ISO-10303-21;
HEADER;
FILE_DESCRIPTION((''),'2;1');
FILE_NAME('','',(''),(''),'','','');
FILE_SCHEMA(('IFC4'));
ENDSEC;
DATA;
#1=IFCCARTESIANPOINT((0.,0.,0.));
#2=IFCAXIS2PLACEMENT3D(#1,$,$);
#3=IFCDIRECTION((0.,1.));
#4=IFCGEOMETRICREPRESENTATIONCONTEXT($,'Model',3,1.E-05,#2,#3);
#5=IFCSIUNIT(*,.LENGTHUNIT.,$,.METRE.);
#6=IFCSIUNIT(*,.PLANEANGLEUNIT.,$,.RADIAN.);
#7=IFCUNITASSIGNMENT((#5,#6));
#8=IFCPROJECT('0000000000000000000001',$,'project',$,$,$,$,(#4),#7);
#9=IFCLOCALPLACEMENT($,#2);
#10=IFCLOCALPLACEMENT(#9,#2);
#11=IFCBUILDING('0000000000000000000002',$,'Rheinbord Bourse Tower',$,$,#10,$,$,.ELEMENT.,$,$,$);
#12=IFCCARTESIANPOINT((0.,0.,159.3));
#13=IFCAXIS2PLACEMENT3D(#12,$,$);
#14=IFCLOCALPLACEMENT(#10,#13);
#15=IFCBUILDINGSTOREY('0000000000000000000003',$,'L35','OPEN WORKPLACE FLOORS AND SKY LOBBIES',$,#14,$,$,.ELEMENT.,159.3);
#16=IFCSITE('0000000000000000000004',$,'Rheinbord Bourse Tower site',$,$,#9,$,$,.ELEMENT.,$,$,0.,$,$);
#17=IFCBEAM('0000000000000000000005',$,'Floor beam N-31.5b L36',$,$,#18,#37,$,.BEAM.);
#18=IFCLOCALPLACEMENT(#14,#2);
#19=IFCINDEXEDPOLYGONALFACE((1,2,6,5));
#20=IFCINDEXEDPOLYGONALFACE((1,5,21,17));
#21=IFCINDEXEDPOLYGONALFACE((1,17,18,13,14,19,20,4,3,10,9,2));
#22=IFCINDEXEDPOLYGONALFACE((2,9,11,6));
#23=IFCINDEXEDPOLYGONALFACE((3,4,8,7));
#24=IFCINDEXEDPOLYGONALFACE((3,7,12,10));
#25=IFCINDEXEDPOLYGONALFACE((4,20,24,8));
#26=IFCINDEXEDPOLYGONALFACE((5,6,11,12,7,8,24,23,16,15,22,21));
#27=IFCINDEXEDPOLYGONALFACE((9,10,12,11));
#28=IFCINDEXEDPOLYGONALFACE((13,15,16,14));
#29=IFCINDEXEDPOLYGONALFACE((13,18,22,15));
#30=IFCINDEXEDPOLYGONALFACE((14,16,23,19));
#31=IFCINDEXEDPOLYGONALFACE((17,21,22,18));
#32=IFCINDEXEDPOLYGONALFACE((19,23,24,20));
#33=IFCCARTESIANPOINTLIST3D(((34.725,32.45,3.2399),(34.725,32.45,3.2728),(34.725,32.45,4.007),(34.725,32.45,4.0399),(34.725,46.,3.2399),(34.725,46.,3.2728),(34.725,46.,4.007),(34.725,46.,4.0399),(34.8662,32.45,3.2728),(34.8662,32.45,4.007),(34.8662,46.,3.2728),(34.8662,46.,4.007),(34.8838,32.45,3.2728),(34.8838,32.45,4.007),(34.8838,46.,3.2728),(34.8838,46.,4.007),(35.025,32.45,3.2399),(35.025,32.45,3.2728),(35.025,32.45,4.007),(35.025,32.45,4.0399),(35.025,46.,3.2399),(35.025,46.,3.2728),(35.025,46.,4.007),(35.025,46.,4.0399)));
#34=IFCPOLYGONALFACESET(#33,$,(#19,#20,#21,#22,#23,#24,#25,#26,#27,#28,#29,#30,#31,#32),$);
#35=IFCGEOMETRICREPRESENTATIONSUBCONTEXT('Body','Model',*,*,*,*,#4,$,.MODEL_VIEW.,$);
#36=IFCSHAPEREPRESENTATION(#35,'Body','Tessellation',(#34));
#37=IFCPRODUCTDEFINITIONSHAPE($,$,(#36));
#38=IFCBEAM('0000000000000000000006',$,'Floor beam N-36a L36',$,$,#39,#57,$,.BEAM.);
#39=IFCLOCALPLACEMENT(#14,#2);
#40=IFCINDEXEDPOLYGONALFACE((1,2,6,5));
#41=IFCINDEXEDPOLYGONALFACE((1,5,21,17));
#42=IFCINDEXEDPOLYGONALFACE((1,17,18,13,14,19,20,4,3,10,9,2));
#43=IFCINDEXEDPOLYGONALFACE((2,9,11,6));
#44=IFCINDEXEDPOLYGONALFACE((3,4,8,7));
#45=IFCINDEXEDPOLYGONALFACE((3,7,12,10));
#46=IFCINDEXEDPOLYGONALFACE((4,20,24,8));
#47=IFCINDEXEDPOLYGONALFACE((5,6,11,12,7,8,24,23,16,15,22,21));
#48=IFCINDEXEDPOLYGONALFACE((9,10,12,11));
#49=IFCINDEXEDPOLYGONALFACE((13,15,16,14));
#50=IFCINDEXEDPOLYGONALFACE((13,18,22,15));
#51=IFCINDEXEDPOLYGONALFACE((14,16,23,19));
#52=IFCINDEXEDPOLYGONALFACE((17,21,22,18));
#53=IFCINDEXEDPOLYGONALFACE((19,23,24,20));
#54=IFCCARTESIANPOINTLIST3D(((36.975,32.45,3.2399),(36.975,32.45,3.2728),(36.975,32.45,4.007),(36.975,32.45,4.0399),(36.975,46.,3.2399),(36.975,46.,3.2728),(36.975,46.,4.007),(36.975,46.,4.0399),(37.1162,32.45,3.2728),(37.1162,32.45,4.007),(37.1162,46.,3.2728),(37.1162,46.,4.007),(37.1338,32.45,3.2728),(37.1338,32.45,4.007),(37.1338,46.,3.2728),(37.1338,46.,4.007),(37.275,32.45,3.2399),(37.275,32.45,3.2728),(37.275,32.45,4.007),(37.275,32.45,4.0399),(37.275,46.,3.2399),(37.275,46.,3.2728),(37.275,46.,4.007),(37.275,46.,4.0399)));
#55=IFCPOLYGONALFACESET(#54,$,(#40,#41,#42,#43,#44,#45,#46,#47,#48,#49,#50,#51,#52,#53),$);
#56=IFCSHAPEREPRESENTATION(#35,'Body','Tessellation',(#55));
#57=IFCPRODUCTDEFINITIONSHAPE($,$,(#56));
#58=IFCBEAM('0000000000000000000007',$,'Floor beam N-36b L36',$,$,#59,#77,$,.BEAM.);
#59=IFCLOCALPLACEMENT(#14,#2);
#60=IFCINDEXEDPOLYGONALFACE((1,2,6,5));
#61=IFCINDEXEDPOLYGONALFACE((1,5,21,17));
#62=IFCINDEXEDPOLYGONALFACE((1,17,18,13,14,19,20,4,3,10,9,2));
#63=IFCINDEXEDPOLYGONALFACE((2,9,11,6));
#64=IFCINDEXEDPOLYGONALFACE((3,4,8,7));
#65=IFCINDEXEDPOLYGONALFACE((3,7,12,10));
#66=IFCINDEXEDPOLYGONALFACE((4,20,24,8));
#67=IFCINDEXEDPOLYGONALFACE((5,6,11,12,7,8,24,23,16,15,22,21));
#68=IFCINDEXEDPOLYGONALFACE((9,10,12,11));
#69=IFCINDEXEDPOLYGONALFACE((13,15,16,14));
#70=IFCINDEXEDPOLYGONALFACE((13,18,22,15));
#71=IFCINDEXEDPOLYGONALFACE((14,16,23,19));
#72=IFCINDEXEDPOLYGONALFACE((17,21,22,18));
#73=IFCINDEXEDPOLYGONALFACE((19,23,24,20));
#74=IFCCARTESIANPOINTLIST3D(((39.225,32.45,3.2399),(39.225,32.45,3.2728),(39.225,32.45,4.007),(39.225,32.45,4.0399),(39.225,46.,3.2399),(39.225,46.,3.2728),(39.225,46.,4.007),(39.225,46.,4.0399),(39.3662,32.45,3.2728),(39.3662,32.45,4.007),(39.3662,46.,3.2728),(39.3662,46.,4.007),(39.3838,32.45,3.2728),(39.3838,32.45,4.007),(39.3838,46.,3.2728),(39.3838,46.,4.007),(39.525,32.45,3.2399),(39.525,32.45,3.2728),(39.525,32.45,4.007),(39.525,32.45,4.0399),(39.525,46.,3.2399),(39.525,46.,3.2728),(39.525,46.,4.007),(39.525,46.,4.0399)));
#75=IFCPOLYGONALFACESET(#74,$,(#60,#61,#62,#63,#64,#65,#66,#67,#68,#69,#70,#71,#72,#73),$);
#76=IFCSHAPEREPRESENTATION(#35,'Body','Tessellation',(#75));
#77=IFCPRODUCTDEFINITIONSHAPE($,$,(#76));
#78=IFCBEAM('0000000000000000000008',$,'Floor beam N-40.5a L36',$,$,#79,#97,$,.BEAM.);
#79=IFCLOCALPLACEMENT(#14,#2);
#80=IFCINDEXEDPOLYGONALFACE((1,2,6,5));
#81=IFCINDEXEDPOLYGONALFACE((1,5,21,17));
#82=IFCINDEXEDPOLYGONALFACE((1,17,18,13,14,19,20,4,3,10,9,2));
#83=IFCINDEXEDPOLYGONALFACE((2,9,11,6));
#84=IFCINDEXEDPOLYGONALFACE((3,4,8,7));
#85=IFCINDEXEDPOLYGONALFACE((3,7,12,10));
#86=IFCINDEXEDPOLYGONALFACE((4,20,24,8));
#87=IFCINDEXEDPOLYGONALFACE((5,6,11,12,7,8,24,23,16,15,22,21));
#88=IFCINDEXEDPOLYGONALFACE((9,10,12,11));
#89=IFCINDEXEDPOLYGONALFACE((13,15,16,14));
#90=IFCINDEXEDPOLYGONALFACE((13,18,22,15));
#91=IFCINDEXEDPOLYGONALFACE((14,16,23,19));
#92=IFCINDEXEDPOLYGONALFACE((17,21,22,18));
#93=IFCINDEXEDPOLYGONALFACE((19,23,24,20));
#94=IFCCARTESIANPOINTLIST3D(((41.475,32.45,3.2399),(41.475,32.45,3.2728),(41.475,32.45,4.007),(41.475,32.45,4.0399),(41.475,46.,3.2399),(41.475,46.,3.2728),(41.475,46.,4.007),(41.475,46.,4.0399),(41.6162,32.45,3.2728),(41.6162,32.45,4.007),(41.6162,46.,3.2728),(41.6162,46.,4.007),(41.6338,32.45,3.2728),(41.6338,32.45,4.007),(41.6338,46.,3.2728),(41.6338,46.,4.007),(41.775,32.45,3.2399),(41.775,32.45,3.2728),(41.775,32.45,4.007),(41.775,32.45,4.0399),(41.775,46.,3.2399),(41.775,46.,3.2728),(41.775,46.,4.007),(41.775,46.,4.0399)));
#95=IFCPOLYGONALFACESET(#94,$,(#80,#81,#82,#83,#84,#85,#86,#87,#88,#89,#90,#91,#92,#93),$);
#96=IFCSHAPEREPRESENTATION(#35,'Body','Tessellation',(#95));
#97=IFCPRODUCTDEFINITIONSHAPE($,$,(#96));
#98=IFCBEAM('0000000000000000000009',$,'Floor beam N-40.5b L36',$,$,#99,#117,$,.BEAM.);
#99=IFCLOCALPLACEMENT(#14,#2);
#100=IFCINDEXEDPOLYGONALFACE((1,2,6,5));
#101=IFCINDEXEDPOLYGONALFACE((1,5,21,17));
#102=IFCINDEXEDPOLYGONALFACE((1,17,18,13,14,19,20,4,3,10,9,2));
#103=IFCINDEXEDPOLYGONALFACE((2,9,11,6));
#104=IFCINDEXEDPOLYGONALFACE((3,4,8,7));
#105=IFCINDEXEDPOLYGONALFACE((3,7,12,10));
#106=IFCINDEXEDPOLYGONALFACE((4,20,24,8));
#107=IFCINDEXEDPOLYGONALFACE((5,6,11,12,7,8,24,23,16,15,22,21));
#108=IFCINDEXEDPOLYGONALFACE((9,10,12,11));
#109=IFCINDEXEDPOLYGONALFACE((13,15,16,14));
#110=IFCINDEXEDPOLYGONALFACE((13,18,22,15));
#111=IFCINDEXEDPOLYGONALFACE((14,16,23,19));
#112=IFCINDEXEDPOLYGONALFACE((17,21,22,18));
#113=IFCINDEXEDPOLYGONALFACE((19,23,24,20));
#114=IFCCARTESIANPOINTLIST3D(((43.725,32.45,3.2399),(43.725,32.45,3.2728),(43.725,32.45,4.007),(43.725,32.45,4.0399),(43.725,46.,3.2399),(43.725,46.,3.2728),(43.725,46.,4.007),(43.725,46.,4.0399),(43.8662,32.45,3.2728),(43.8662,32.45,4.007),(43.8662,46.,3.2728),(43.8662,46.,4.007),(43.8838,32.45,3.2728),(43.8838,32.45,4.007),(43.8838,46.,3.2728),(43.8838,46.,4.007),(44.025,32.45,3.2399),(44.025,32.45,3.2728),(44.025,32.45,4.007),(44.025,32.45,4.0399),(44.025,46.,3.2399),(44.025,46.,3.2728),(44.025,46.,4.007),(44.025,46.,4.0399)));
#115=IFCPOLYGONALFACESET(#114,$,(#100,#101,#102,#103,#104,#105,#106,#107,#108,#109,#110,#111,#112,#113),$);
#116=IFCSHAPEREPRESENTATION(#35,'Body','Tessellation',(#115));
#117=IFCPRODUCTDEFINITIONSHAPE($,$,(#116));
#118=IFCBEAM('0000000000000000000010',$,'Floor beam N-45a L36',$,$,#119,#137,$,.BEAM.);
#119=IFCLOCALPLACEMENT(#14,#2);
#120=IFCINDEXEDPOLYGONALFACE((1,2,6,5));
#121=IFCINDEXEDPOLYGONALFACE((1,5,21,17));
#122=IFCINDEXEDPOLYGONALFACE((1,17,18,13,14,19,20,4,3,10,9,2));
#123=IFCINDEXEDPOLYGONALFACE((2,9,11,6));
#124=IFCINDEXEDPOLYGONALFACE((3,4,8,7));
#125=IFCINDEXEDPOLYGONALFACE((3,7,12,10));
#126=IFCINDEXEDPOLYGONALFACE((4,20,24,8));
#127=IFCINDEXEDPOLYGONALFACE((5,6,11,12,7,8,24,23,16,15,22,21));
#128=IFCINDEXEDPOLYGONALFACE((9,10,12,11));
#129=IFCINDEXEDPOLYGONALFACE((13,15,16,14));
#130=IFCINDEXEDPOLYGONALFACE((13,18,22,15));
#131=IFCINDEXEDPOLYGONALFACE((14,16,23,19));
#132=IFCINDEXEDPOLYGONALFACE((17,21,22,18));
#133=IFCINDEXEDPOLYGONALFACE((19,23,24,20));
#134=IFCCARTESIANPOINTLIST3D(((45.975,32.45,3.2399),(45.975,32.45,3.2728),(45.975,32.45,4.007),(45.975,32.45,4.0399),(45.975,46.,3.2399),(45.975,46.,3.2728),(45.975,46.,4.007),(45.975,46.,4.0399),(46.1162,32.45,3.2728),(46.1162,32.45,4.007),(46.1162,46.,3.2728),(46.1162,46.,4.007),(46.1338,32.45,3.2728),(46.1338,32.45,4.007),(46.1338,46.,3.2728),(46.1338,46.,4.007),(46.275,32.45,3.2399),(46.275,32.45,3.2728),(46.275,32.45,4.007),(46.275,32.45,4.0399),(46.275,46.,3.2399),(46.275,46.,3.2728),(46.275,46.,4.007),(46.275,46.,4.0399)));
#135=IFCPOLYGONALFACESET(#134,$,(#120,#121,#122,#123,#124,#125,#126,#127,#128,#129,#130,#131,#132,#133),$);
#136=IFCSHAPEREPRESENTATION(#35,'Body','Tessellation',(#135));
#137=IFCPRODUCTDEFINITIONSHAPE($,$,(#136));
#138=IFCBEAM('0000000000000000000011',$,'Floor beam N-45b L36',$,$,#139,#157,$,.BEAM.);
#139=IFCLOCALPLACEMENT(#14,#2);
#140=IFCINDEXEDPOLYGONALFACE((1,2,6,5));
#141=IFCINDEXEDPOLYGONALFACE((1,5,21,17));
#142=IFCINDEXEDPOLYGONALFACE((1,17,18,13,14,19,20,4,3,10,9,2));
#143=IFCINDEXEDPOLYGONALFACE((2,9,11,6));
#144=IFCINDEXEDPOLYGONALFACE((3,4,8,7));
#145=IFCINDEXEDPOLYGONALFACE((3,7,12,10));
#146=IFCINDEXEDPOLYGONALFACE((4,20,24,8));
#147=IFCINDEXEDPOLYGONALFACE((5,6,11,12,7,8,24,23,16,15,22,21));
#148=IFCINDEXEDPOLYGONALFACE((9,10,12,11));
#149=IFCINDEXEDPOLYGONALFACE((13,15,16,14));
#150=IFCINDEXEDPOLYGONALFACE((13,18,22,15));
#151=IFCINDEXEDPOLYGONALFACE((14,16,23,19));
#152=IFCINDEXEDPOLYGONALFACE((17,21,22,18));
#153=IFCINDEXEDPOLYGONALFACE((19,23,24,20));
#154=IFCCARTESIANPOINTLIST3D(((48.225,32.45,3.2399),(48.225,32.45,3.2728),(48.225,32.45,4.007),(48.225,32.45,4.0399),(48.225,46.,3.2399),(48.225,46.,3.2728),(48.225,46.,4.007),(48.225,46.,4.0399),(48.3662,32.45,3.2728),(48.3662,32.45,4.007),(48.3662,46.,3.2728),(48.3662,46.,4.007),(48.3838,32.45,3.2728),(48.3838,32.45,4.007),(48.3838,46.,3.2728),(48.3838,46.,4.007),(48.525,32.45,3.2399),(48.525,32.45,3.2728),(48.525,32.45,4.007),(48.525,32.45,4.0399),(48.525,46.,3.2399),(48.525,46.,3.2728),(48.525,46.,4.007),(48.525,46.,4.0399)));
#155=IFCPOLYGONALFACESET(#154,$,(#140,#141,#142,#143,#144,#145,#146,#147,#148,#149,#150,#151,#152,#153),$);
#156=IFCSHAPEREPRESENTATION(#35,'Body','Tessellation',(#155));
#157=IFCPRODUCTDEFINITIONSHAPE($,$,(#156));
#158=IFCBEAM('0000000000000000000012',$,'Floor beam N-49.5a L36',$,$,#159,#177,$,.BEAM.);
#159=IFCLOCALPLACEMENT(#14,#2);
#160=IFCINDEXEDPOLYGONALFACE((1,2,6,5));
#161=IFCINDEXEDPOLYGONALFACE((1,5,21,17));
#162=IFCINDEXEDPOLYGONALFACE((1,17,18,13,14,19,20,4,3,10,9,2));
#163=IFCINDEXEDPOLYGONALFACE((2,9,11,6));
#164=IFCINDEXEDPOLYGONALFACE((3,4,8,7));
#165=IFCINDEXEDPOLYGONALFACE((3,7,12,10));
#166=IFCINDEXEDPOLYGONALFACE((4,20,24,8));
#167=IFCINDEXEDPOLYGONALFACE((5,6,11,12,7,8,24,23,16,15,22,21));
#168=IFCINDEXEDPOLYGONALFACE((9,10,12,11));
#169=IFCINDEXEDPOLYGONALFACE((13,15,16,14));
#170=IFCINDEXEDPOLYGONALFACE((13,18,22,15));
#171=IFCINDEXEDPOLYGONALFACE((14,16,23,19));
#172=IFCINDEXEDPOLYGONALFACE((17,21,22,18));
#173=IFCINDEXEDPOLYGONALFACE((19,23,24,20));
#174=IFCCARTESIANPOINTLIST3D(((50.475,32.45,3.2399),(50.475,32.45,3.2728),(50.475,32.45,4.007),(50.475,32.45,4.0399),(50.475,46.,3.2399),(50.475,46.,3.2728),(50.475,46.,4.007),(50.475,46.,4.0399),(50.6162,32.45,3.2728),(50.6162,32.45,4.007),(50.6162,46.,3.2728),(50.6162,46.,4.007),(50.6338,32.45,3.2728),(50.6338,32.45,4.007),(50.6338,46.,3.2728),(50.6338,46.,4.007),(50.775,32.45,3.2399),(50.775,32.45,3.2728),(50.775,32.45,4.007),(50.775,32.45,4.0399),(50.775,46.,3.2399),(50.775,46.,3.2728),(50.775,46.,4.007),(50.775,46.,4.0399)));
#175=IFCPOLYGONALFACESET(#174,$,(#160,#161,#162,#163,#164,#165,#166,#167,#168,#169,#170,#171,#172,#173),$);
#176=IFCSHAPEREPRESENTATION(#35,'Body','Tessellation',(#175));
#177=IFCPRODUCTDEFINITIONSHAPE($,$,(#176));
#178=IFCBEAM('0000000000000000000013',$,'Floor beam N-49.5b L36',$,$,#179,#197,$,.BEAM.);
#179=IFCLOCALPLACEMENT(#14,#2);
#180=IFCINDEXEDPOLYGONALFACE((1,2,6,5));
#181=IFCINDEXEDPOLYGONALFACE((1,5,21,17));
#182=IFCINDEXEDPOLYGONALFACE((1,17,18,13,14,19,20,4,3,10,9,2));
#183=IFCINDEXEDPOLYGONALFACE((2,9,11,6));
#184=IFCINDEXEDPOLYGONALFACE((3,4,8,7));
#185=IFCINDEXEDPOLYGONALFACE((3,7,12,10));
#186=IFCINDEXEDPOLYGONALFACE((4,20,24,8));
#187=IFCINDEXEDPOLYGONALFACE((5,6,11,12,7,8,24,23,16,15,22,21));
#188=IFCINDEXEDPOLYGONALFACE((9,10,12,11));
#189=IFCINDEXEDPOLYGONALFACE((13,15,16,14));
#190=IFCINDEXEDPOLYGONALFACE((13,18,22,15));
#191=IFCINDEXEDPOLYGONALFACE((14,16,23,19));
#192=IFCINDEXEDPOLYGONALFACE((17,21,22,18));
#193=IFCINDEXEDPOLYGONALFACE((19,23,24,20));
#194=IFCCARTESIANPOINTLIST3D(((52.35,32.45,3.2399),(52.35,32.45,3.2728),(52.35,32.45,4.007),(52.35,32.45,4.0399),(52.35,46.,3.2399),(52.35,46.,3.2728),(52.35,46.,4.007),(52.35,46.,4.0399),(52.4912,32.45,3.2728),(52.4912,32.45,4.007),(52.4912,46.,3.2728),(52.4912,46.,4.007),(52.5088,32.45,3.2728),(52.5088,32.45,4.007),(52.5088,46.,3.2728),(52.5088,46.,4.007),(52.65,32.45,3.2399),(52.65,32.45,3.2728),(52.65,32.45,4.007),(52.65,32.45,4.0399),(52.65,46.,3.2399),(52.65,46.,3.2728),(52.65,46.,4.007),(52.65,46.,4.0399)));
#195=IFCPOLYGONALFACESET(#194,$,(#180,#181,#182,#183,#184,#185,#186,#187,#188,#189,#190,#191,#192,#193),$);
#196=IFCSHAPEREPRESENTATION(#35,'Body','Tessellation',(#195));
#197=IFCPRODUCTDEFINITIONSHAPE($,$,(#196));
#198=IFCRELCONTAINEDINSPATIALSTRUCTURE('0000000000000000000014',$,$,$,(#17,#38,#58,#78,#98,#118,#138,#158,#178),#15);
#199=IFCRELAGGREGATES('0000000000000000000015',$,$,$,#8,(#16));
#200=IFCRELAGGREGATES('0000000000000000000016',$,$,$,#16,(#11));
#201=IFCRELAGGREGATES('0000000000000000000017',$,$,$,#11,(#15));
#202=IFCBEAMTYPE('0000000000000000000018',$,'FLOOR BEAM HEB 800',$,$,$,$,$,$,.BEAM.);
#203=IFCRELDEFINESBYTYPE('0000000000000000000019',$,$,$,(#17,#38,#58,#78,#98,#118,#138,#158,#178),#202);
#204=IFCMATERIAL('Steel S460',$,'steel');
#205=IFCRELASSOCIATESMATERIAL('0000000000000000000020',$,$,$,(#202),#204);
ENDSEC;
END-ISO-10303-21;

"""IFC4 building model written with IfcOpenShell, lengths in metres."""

from ifc_helpers import new_model, si_unit, direction, frame, origin, origin_2d, place, context, subcontext, project, spatial, i_section, extrude, material, material_profile, profile_set, type_object, element, save


model = new_model("IFC4")

# Units and contexts
model_context = context("Model", 3, precision=1e-05, world=origin(), true_north=direction((0.0, 1.0)))
body_context = subcontext(model_context, "Body", "Model", "MODEL_VIEW")
ifc_project = project(units=[si_unit("LENGTHUNIT", "METRE"), si_unit("PLANEANGLEUNIT", "RADIAN")], contexts=[model_context])

# Site, building, storey
site_placement = place(None, origin())
site = spatial("IfcSite", under=ifc_project, at=site_placement, Name="Rheinbord Bourse Tower site", CompositionType="ELEMENT", RefElevation=0.0)
building_placement = place(site_placement, origin())
building = spatial("IfcBuilding", under=site, at=building_placement, Name="Rheinbord Bourse Tower", CompositionType="ELEMENT")
storey_placement = place(building_placement, frame((0.0, 0.0, 159.3)))
storey = spatial("IfcBuildingStorey", under=building, at=storey_placement, Name="L35", Description="OPEN WORKPLACE FLOORS AND SKY LOBBIES", CompositionType="ELEMENT", Elevation=159.3)

# Beams
ifc_material_1 = material(Name="Steel S460", Category="steel")
ifc_material_profile_1 = material_profile(ifc_material_1, i_section(OverallWidth=0.3, OverallDepth=0.8, WebThickness=0.0176, FlangeThickness=0.033, at=origin_2d()), Name="HEB 800")
ifc_profile_set_1 = profile_set([ifc_material_profile_1], Name="Steel S460")
beam_type_1 = type_object("IfcBeamType", Name="FLOOR BEAM HEB 800", PredefinedType="BEAM", material=ifc_profile_set_1)
for number, where, z_axis, x_axis, name in (
    (1, (34.875, 46.0, 3.6399), (0.0, -1.0, 0.0), (1.0, 0.0, 0.0), "Floor beam N-31.5b L36"),
    (2, (37.125, 46.0, 3.6399), (0.0, -1.0, 0.0), (1.0, 0.0, 0.0), "Floor beam N-36a L36"),
    (3, (39.375, 46.0, 3.6399), (0.0, -1.0, 0.0), (1.0, 0.0, 0.0), "Floor beam N-36b L36"),
    (4, (41.625, 46.0, 3.6399), (0.0, -1.0, 0.0), (1.0, 0.0, 0.0), "Floor beam N-40.5a L36"),
    (5, (43.875, 46.0, 3.6399), (0.0, -1.0, 0.0), (1.0, 0.0, 0.0), "Floor beam N-40.5b L36"),
    (6, (46.125, 46.0, 3.6399), (0.0, -1.0, 0.0), (1.0, 0.0, 0.0), "Floor beam N-45a L36"),
    (7, (48.375, 46.0, 3.6399), (0.0, -1.0, 0.0), (1.0, 0.0, 0.0), "Floor beam N-45b L36"),
    (8, (50.625, 46.0, 3.6399), (0.0, -1.0, 0.0), (1.0, 0.0, 0.0), "Floor beam N-49.5a L36"),
    (9, (52.5, 46.0, 3.6399), (0.0, -1.0, 0.0), (1.0, 0.0, 0.0), "Floor beam N-49.5b L36"),
):
    element("IfcBeam", number, at=place(storey_placement, frame(where, z_axis=z_axis, x_axis=x_axis)), inside=storey, type_object=beam_type_1, Name=name, PredefinedType="BEAM", context=body_context, shape_type="SweptSolid", body=[
        extrude(i_section(OverallWidth=0.3, OverallDepth=0.8, WebThickness=0.0176, FlangeThickness=0.033, at=origin_2d()), origin(), (0.0, 0.0, 1.0), 13.55),
    ])

save(model, "model.ifc")
